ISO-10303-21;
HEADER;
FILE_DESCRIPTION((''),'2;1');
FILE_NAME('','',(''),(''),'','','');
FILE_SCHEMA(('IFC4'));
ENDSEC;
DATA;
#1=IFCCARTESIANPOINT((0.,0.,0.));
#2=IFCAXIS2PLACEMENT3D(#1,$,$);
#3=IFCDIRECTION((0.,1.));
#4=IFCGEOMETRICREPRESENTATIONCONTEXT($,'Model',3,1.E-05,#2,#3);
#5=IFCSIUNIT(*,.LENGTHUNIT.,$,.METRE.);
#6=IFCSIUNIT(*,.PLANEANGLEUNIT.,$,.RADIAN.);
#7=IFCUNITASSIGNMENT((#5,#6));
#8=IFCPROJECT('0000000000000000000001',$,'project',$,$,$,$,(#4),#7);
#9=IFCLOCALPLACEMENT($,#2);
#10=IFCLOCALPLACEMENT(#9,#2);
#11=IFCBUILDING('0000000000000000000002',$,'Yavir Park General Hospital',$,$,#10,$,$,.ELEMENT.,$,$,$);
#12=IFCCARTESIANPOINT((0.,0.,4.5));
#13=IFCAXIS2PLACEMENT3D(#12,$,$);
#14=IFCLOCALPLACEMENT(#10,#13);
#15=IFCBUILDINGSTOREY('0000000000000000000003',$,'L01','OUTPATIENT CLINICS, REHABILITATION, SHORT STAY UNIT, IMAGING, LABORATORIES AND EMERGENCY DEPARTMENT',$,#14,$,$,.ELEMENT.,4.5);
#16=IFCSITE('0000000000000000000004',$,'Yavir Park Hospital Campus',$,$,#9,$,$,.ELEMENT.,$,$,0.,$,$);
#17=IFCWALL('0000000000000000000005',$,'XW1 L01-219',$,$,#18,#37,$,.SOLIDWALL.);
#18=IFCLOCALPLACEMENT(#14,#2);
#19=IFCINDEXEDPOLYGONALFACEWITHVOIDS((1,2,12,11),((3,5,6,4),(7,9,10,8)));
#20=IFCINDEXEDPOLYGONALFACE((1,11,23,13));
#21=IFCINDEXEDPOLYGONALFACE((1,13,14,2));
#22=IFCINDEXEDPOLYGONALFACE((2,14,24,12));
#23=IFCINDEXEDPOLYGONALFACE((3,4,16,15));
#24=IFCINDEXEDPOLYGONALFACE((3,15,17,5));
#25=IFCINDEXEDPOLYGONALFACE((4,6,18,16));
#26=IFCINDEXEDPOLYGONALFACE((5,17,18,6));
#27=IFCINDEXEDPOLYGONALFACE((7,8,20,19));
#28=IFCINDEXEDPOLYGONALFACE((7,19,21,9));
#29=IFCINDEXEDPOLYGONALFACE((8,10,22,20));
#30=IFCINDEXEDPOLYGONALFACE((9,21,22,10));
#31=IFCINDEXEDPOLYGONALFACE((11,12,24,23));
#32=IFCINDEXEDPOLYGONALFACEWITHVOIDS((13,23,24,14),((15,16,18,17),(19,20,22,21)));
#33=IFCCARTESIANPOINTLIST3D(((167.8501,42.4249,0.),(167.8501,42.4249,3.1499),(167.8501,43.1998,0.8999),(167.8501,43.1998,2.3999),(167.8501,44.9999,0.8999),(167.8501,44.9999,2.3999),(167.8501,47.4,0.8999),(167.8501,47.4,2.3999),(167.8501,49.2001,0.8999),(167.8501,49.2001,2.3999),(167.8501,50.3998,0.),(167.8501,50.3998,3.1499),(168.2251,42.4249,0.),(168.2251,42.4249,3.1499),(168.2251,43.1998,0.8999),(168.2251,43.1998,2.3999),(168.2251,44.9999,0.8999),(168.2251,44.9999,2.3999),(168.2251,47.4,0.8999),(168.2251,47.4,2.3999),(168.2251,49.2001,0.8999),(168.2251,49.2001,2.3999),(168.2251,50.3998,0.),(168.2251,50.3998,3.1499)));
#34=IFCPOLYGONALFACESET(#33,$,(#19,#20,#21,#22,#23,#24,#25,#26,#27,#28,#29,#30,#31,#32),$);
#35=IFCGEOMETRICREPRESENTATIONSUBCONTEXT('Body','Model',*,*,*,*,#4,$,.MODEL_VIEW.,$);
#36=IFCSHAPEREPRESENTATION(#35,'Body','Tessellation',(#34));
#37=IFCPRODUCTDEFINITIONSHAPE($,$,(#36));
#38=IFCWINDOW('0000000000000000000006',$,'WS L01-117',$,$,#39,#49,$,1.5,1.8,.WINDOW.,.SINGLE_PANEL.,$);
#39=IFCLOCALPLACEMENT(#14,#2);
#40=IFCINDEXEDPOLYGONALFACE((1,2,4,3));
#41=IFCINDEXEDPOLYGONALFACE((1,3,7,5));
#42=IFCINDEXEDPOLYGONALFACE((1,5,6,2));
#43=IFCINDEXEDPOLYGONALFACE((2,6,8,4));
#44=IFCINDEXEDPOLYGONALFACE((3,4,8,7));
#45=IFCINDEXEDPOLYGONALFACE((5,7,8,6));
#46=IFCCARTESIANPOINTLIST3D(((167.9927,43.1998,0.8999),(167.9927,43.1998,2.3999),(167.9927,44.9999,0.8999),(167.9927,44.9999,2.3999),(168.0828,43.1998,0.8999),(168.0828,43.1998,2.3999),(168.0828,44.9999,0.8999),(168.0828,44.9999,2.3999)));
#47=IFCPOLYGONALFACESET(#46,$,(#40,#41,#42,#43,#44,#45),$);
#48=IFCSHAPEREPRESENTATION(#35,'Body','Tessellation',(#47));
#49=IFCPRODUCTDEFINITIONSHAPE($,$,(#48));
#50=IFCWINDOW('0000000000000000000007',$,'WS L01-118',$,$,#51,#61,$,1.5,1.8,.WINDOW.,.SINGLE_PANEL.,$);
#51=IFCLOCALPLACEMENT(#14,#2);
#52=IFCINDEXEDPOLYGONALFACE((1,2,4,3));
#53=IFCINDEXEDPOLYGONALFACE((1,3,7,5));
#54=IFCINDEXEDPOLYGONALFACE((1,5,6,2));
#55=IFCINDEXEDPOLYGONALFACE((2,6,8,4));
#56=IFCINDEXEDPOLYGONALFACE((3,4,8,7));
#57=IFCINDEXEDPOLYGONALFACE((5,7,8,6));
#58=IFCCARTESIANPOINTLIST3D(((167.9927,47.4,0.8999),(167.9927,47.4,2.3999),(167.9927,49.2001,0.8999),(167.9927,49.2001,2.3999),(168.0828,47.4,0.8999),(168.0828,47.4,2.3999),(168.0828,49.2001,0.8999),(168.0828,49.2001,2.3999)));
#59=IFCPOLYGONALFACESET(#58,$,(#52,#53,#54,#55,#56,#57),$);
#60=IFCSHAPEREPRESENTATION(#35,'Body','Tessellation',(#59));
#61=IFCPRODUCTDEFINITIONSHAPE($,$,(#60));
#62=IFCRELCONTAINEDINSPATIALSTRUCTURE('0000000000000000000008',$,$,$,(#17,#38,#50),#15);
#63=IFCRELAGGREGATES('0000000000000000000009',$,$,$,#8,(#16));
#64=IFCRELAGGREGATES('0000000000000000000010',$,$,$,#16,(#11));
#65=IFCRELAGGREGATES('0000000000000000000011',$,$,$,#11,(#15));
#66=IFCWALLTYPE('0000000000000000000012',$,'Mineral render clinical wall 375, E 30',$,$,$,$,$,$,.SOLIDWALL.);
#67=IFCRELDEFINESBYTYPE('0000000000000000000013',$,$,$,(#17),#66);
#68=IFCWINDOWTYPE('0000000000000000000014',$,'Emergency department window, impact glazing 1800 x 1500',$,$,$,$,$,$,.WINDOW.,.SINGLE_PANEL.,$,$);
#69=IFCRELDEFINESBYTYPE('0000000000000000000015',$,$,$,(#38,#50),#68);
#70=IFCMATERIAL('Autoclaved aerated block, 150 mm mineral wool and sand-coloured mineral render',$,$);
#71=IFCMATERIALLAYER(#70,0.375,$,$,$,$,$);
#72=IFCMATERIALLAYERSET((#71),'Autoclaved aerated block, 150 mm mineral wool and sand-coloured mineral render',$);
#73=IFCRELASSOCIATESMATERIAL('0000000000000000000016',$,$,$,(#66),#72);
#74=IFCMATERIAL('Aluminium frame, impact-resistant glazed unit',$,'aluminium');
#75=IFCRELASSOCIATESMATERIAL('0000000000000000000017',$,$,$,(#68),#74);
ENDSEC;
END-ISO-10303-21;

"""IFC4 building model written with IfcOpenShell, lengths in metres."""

from ifc_helpers import new_model, si_unit, direction, frame, frame_2d, origin, place, context, subcontext, project, spatial, rectangle, extrude, material, layer, layer_set, type_object, element, fill, save


model = new_model("IFC4")

# Units and contexts
model_context = context("Model", 3, precision=1e-05, world=origin(), true_north=direction((0.0, 1.0)))
body_context = subcontext(model_context, "Body", "Model", "MODEL_VIEW")
ifc_project = project(units=[si_unit("LENGTHUNIT", "METRE"), si_unit("PLANEANGLEUNIT", "RADIAN")], contexts=[model_context])

# Site, building, storey
site_placement = place(None, origin())
site = spatial("IfcSite", under=ifc_project, at=site_placement, Name="Yavir Park Hospital Campus", CompositionType="ELEMENT", RefElevation=0.0)
building_placement = place(site_placement, origin())
building = spatial("IfcBuilding", under=site, at=building_placement, Name="Yavir Park General Hospital", CompositionType="ELEMENT")
storey_placement = place(building_placement, frame((0.0, 0.0, 4.5)))
storey = spatial("IfcBuildingStorey", under=building, at=storey_placement, Name="L01", Description="OUTPATIENT CLINICS, REHABILITATION, SHORT STAY UNIT, IMAGING, LABORATORIES AND EMERGENCY DEPARTMENT", CompositionType="ELEMENT", Elevation=4.5)

# Wall, openings, windows
ifc_material_1 = material(Name="Autoclaved aerated block, 150 mm mineral wool and sand-coloured mineral render")
ifc_layer_1 = layer(ifc_material_1, 0.375)
ifc_layer_set_1 = layer_set([ifc_layer_1], Name="Autoclaved aerated block, 150 mm mineral wool and sand-coloured mineral render")
wall_type_1 = type_object("IfcWallType", Name="Mineral render clinical wall 375, E 30", PredefinedType="SOLIDWALL", material=ifc_layer_set_1)
ifc_material_2 = material(Name="Aluminium frame, impact-resistant glazed unit", Category="aluminium")
window_type = type_object("IfcWindowType", Name="Emergency department window, impact glazing 1800 x 1500", PartitioningType="SINGLE_PANEL", PredefinedType="WINDOW", material=ifc_material_2)
wall_1_placement = place(storey_placement, frame((168.0376, 42.425, 0.0), z_axis=(0.0, 0.0, 1.0), x_axis=(0.0, 1.0, 0.0)))
wall_1 = element("IfcWall", 1, at=wall_1_placement, inside=storey, type_object=wall_type_1, Name="XW1 L01-219", PredefinedType="SOLIDWALL", context=body_context, shape_type="SweptSolid", body=[
    extrude(rectangle(XDim=7.9749, YDim=0.375, at=frame_2d((3.9873, 0.0))), origin(), (0.0, 0.0, 1.0), 3.1499),
])
opening_1_placement = place(wall_1_placement, frame((0.7749, 0.0, 0.8999)))
opening_1 = element("IfcOpeningElement", 2, at=opening_1_placement, cuts=wall_1, PredefinedType="OPENING", context=body_context, shape_type="SweptSolid", body=[
    extrude(rectangle(XDim=1.8, YDim=1.5, at=frame_2d((0.8999, 0.75))), frame((0.0, 0.1975, 0.0), z_axis=(0.0, -1.0, 0.0), x_axis=(1.0, 0.0, 0.0)), (0.0, 0.0, 1.0), 0.395),
])
opening_2_placement = place(wall_1_placement, frame((4.9751, 0.0, 0.8999)))
opening_2 = element("IfcOpeningElement", 3, at=opening_2_placement, cuts=wall_1, PredefinedType="OPENING", context=body_context, shape_type="SweptSolid", body=[
    extrude(rectangle(XDim=1.8, YDim=1.5, at=frame_2d((0.8999, 0.75))), frame((0.0, 0.1975, 0.0), z_axis=(0.0, -1.0, 0.0), x_axis=(1.0, 0.0, 0.0)), (0.0, 0.0, 1.0), 0.395),
])
window_1_placement = place(opening_1_placement, origin())
window_1 = element("IfcWindow", 4, at=window_1_placement, inside=storey, type_object=window_type, Name="WS L01-117", OverallHeight=1.5, OverallWidth=1.8, PartitioningType="SINGLE_PANEL", PredefinedType="WINDOW", context=body_context, shape_type="SweptSolid", body=[
    extrude(rectangle(XDim=1.8, YDim=1.5, at=frame_2d((0.8999, 0.75))), frame((0.0, 0.0449, 0.0), z_axis=(0.0, -1.0, 0.0), x_axis=(1.0, 0.0, 0.0)), (0.0, 0.0, 1.0), 0.0901),
])
fill(opening_1, window_1)
window_2_placement = place(opening_2_placement, origin())
window_2 = element("IfcWindow", 5, at=window_2_placement, inside=storey, type_object=window_type, Name="WS L01-118", OverallHeight=1.5, OverallWidth=1.8, PartitioningType="SINGLE_PANEL", PredefinedType="WINDOW", context=body_context, shape_type="SweptSolid", body=[
    extrude(rectangle(XDim=1.8, YDim=1.5, at=frame_2d((0.8999, 0.75))), frame((0.0, 0.0449, 0.0), z_axis=(0.0, -1.0, 0.0), x_axis=(1.0, 0.0, 0.0)), (0.0, 0.0, 1.0), 0.0901),
])
fill(opening_2, window_2)

save(model, "model.ifc")
